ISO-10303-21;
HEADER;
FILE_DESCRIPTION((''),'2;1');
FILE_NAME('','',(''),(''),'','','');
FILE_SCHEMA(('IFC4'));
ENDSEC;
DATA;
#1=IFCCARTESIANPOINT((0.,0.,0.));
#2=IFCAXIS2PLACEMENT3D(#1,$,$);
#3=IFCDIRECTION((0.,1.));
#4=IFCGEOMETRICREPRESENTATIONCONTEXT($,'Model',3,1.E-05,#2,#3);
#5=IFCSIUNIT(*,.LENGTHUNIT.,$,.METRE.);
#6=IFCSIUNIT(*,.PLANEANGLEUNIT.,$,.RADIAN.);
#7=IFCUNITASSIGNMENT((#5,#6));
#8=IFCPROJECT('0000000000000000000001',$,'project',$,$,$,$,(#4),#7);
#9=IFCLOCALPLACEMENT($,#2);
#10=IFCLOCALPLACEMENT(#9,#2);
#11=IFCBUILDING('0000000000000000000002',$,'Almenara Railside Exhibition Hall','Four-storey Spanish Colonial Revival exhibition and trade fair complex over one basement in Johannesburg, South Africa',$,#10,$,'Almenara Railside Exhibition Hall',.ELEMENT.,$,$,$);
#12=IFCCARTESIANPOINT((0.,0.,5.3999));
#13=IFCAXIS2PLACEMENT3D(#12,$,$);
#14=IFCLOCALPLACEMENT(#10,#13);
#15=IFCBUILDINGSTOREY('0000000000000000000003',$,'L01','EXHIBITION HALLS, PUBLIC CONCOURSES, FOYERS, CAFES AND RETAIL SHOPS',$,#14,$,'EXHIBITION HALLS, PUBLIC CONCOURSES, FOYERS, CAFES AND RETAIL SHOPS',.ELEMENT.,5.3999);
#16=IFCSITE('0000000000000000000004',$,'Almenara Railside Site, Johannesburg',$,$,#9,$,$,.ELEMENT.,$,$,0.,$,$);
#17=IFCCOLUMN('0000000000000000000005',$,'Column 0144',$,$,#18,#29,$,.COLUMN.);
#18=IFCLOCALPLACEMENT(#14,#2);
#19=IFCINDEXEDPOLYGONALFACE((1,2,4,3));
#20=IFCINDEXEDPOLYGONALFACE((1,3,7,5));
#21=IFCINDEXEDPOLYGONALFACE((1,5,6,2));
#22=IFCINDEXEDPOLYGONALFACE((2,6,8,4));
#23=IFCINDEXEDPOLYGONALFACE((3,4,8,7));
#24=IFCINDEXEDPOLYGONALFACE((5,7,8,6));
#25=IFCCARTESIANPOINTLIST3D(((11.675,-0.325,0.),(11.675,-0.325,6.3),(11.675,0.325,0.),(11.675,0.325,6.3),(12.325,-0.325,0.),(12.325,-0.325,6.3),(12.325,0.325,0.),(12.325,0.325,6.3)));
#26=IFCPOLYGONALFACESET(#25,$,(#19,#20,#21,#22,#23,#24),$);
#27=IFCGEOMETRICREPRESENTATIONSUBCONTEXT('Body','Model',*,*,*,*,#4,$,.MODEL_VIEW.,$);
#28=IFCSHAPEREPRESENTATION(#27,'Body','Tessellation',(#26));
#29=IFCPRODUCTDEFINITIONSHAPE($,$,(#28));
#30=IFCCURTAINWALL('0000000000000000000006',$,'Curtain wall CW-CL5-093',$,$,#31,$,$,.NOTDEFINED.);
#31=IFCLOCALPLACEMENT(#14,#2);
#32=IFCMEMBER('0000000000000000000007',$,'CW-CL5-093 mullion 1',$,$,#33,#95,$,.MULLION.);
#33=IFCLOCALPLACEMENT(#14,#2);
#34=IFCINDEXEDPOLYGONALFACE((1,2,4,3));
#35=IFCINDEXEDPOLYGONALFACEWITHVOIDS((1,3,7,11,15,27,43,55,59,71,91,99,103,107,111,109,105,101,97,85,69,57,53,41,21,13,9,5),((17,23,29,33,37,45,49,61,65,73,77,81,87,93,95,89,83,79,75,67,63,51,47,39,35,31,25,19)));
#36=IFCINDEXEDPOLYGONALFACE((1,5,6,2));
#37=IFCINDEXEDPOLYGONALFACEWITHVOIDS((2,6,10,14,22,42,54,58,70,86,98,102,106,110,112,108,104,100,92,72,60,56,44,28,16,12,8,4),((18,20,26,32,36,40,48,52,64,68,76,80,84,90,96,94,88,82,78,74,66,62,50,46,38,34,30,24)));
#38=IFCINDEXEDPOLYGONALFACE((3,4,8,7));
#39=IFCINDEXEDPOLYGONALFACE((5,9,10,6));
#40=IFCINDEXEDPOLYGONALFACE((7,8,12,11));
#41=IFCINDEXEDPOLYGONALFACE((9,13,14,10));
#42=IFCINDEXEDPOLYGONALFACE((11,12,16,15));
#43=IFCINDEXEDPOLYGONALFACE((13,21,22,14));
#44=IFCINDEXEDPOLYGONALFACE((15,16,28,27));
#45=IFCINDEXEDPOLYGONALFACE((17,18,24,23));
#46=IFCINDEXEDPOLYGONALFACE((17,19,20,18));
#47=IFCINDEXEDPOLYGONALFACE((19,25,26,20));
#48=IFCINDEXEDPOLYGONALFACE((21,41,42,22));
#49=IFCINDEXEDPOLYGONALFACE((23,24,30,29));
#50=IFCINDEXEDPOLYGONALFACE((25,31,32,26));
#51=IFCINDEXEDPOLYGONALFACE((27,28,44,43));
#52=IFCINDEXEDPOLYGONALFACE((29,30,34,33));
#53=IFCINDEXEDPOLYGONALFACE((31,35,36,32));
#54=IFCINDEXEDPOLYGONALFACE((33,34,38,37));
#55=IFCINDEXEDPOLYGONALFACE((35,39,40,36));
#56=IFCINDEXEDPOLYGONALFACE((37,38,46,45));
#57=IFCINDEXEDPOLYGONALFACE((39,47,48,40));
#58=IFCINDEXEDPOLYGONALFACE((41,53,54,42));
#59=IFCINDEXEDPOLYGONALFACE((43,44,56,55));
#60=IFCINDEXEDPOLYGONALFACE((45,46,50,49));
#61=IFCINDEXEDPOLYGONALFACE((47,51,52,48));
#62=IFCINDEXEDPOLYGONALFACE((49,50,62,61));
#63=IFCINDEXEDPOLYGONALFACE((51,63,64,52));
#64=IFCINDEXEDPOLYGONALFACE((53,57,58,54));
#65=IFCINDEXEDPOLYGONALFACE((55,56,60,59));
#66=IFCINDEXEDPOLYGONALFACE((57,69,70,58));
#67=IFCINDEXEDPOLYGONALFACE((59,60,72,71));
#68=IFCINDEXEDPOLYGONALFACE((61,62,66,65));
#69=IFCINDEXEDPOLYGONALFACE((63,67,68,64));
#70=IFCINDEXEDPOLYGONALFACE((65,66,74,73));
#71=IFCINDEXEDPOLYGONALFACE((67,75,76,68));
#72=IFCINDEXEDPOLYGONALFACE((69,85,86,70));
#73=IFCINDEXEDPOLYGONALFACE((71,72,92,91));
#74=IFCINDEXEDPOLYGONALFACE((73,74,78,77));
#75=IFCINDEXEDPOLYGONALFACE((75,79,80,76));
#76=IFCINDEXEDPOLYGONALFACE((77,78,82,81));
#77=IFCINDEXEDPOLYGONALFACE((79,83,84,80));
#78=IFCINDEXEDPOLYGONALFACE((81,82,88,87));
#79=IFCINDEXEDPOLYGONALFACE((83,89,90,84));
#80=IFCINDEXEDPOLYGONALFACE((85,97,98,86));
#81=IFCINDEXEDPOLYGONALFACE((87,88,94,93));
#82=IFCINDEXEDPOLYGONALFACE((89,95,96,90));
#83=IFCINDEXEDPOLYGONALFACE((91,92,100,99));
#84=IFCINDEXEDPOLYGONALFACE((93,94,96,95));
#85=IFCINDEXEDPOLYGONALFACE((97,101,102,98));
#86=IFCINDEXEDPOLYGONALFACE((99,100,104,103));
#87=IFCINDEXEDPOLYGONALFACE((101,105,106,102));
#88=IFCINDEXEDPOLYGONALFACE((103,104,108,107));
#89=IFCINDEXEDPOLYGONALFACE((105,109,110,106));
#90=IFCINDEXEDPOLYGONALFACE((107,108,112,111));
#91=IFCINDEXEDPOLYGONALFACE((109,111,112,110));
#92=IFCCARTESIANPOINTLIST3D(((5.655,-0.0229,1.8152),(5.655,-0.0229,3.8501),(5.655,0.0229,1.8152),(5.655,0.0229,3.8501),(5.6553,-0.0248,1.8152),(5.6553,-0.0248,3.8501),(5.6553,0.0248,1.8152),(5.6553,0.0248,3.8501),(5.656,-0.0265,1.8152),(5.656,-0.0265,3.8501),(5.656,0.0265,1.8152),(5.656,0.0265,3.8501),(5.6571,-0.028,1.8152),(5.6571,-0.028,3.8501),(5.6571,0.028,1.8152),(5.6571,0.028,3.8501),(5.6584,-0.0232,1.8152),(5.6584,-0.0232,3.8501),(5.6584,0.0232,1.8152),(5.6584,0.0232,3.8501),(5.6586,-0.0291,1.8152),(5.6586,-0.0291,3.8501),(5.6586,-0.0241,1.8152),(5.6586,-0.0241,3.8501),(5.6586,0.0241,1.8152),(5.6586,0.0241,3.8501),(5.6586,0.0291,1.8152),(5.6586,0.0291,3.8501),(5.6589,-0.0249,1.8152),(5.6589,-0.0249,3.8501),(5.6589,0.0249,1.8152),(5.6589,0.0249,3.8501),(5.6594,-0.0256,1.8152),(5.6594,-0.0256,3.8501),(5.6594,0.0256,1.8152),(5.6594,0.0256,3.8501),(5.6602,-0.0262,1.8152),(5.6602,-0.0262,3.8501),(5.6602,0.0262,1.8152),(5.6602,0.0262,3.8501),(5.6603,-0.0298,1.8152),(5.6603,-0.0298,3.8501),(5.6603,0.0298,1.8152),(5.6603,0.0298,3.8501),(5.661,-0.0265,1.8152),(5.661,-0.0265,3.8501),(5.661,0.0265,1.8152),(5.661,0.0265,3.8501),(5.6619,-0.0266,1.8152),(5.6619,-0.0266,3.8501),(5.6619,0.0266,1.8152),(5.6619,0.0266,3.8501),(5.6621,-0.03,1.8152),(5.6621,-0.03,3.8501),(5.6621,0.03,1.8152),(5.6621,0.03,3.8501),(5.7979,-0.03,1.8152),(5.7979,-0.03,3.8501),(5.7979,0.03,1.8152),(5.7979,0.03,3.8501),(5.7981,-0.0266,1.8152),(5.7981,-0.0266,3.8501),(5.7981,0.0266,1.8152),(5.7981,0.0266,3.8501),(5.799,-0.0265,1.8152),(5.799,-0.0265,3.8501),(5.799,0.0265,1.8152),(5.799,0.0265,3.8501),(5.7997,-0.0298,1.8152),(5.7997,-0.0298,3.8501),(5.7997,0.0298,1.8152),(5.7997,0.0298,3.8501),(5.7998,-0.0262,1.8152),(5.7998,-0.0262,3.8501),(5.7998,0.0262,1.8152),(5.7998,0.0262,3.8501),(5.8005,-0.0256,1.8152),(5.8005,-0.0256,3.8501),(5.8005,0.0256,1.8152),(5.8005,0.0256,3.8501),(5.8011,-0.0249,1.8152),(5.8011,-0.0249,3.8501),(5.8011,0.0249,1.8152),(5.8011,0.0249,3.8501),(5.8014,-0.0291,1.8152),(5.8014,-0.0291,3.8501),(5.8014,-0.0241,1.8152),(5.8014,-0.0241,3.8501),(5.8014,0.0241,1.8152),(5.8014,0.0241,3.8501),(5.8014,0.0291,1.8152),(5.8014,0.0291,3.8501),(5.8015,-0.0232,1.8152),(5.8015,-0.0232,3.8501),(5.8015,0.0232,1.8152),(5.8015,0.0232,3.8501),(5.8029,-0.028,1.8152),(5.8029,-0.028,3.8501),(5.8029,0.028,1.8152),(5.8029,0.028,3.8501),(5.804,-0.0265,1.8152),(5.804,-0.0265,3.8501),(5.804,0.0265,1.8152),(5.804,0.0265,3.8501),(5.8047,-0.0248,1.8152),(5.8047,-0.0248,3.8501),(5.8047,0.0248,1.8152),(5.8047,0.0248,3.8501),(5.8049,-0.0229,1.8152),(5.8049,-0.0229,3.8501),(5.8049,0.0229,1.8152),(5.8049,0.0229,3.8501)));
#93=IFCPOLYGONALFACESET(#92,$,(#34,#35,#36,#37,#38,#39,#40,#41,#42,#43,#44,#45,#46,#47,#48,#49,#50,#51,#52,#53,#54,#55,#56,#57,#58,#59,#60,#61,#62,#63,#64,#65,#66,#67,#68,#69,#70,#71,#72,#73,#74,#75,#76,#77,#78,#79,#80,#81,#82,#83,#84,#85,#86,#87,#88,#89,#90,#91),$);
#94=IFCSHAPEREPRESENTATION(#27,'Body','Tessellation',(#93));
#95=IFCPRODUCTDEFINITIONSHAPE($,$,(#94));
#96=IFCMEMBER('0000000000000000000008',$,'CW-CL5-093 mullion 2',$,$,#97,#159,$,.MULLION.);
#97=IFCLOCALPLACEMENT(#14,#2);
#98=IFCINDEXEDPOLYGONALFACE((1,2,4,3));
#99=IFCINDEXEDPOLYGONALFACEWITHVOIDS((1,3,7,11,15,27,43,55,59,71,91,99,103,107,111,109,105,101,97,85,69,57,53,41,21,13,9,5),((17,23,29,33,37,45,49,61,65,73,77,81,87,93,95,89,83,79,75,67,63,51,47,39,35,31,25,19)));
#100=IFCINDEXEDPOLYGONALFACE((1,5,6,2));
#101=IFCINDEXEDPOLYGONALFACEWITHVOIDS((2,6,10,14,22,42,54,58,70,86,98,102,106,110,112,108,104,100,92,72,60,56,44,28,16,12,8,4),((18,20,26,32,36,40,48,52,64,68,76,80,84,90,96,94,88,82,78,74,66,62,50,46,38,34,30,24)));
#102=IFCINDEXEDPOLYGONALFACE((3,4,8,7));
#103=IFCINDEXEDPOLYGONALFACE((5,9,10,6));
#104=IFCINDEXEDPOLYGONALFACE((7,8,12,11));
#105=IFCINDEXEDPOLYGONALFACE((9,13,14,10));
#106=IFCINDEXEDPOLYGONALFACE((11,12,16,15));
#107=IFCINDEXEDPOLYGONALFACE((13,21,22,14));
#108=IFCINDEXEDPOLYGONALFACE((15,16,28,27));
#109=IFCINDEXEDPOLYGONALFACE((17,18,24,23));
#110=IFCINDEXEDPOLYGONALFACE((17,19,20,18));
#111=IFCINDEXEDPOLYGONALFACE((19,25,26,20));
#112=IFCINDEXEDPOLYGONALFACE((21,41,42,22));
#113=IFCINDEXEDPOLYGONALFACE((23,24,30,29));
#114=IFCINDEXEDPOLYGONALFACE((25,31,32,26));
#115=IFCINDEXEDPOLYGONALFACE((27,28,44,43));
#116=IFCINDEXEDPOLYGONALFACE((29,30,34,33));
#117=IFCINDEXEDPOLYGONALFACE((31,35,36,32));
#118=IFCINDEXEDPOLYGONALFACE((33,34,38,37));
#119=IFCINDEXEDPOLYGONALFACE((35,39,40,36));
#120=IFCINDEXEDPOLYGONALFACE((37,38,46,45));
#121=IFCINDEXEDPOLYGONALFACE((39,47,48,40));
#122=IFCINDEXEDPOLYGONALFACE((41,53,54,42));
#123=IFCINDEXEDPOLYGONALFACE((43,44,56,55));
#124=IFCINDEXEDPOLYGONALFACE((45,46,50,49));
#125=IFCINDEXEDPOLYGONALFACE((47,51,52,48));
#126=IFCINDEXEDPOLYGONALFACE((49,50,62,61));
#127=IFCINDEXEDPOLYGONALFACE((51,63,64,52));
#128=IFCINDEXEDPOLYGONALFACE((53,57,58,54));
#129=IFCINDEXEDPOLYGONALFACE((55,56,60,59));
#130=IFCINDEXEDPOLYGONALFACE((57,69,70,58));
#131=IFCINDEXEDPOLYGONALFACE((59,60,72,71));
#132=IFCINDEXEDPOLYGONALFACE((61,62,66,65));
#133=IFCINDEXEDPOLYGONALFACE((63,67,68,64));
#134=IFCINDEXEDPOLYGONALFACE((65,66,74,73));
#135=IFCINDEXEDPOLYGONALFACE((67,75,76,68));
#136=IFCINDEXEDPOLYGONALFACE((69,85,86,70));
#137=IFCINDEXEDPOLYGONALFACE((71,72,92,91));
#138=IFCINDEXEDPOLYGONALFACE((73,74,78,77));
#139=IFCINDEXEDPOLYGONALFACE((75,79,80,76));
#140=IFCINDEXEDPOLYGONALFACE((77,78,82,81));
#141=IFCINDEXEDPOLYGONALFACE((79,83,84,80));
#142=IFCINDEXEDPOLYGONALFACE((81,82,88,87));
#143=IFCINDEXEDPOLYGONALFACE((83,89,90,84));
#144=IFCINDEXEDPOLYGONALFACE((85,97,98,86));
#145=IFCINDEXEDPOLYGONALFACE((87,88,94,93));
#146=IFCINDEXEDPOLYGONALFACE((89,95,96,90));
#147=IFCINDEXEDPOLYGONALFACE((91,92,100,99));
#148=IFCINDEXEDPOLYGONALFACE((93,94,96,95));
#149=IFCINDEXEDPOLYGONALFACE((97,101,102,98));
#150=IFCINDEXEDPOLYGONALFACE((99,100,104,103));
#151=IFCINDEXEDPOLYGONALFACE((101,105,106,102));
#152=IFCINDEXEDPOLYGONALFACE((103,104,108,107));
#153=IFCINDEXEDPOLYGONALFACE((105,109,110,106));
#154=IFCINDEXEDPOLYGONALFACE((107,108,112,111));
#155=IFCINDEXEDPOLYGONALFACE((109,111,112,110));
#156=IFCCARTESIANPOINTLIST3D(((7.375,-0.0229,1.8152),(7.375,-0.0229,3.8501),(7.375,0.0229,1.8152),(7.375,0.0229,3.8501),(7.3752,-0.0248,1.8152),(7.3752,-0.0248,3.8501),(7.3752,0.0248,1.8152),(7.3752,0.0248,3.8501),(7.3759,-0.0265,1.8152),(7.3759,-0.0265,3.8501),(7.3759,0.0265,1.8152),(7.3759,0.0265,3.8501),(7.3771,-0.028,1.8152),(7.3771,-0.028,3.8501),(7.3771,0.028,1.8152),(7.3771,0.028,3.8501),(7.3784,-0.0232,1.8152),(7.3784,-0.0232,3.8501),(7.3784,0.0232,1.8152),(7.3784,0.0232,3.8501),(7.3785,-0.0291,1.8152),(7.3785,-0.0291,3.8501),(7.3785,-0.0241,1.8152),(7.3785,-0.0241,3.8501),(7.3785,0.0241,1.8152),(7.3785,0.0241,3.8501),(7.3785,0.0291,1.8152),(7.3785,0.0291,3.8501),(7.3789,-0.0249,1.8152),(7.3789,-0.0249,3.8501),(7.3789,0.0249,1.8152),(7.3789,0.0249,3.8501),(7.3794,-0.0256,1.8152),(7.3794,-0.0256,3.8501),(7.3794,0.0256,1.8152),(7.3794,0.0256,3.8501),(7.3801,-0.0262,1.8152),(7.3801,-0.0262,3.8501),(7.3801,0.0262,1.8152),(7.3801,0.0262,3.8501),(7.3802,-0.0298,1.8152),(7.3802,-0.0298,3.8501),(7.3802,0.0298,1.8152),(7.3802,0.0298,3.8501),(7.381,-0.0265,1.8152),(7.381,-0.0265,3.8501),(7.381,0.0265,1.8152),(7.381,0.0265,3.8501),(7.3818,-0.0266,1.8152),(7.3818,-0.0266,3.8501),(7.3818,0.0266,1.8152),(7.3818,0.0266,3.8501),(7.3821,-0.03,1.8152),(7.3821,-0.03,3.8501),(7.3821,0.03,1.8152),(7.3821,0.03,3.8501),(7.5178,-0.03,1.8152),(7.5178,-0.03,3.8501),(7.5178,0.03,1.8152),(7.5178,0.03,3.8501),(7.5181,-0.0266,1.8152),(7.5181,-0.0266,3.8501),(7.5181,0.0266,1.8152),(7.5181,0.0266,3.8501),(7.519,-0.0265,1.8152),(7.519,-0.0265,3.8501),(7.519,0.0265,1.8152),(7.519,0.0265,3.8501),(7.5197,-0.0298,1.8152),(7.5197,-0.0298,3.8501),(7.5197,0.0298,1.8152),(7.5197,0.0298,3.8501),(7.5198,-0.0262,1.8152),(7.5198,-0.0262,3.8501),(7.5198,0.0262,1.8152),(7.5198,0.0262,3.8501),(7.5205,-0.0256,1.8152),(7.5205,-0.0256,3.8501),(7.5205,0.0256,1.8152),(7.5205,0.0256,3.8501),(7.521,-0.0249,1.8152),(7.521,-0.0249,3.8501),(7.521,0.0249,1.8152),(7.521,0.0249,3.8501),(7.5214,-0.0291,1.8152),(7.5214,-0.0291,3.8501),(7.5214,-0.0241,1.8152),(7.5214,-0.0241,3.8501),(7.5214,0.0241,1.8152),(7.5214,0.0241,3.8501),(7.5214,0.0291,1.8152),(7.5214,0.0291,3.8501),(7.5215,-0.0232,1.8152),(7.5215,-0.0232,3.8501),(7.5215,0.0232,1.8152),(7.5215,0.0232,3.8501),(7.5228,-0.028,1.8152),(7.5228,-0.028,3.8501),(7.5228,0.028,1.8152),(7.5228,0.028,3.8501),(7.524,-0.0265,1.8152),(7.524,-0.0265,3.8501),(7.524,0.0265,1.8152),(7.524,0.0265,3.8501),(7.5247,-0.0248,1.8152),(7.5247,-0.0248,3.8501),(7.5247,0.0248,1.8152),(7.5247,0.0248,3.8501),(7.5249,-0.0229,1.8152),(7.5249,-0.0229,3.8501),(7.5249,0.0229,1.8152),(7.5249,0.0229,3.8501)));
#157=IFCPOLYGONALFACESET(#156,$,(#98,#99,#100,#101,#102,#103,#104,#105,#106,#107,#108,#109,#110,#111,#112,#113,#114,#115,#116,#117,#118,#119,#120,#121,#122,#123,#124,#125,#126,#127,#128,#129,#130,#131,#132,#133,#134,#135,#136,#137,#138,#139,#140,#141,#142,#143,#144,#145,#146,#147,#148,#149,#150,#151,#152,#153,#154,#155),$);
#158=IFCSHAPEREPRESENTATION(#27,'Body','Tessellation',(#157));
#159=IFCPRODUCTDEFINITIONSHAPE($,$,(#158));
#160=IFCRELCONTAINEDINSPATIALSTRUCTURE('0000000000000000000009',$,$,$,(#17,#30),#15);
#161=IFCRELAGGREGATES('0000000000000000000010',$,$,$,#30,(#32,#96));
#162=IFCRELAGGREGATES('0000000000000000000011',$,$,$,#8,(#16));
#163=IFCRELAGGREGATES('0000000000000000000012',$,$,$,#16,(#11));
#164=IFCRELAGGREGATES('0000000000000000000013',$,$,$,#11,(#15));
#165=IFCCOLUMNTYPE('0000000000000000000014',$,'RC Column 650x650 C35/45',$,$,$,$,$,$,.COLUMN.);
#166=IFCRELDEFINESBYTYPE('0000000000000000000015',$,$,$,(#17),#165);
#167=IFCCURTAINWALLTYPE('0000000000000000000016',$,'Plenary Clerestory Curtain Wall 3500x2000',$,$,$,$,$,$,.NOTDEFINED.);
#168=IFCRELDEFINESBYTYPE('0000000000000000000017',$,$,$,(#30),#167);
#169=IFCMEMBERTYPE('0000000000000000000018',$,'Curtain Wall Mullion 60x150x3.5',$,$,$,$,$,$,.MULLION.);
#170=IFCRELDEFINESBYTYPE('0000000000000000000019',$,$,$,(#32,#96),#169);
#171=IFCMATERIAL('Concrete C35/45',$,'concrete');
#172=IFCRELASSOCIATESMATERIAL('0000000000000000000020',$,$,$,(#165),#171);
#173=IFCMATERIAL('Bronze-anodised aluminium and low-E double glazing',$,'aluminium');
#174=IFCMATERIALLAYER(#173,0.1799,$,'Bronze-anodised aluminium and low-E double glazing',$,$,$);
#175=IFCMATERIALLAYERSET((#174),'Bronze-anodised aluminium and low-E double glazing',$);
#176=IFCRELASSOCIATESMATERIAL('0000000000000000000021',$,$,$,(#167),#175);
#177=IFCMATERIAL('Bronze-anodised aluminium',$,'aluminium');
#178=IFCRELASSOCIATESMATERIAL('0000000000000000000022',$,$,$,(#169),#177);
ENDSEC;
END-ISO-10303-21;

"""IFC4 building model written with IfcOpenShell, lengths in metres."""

from ifc_helpers import new_model, si_unit, direction, frame, origin, origin_2d, place, context, subcontext, project, spatial, rectangle, hollow_rectangle, extrude, material, layer, layer_set, material_profile, profile_set, type_object, element, aggregate, save


model = new_model("IFC4")

# Units and contexts
model_context = context("Model", 3, precision=1e-05, world=origin(), true_north=direction((0.0, 1.0)))
body_context = subcontext(model_context, "Body", "Model", "MODEL_VIEW")
ifc_project = project(units=[si_unit("LENGTHUNIT", "METRE"), si_unit("PLANEANGLEUNIT", "RADIAN")], contexts=[model_context])

# Site, building, storey
site_placement = place(None, origin())
site = spatial("IfcSite", under=ifc_project, at=site_placement, Name="Almenara Railside Site, Johannesburg", CompositionType="ELEMENT", RefElevation=0.0)
building_placement = place(site_placement, origin())
building = spatial("IfcBuilding", under=site, at=building_placement, Name="Almenara Railside Exhibition Hall", Description="Four-storey Spanish Colonial Revival exhibition and trade fair complex over one basement in Johannesburg, South Africa", LongName="Almenara Railside Exhibition Hall", CompositionType="ELEMENT")
storey_placement = place(building_placement, frame((0.0, 0.0, 5.3999)))
storey = spatial("IfcBuildingStorey", under=building, at=storey_placement, Name="L01", Description="EXHIBITION HALLS, PUBLIC CONCOURSES, FOYERS, CAFES AND RETAIL SHOPS", LongName="EXHIBITION HALLS, PUBLIC CONCOURSES, FOYERS, CAFES AND RETAIL SHOPS", CompositionType="ELEMENT", Elevation=5.3999)

# Column
ifc_material_1 = material(Name="Concrete C35/45", Category="concrete")
ifc_material_profile_1 = material_profile(ifc_material_1, rectangle(XDim=0.6499, YDim=0.6499, at=origin_2d()), Name="RC 650x650")
ifc_profile_set_1 = profile_set([ifc_material_profile_1], Name="Concrete C35/45")
column_type = type_object("IfcColumnType", Name="RC Column 650x650 C35/45", PredefinedType="COLUMN", material=ifc_profile_set_1)
column_placement = place(storey_placement, frame((12.0, 0.0, 0.0), z_axis=(0.0, 0.0, 1.0), x_axis=(1.0, 0.0, 0.0)))
element("IfcColumn", 1, at=column_placement, inside=storey, type_object=column_type, Name="Column 0144", PredefinedType="COLUMN", context=body_context, shape_type="SweptSolid", body=[
    extrude(rectangle(XDim=0.6499, YDim=0.6499, at=origin_2d()), origin(), (0.0, 0.0, 1.0), 6.3),
])

# Curtain wall, members
ifc_material_2 = material(Name="Bronze-anodised aluminium and low-E double glazing", Category="aluminium")
ifc_layer_1 = layer(ifc_material_2, 0.1799, Name="Bronze-anodised aluminium and low-E double glazing")
ifc_layer_set_1 = layer_set([ifc_layer_1], Name="Bronze-anodised aluminium and low-E double glazing")
curtain_wall_type_1 = type_object("IfcCurtainWallType", Name="Plenary Clerestory Curtain Wall 3500x2000", PredefinedType="NOTDEFINED", material=ifc_layer_set_1)
curtain_wall_1_placement = place(storey_placement, origin())
curtain_wall_1 = element("IfcCurtainWall", 2, at=curtain_wall_1_placement, inside=storey, type_object=curtain_wall_type_1, Name="Curtain wall CW-CL5-093", PredefinedType="NOTDEFINED")
ifc_material_3 = material(Name="Bronze-anodised aluminium", Category="aluminium")
ifc_material_profile_2 = material_profile(ifc_material_3, hollow_rectangle(XDim=0.0601, YDim=0.1499, WallThickness=0.0034, InnerFilletRadius=0.0034, OuterFilletRadius=0.0071, at=origin_2d()), Name="ALU-MUL 60x150x3.5")
ifc_profile_set_2 = profile_set([ifc_material_profile_2], Name="Bronze-anodised aluminium")
member_type_1 = type_object("IfcMemberType", Name="Curtain Wall Mullion 60x150x3.5", PredefinedType="MULLION", material=ifc_profile_set_2)
member_1_placement = place(storey_placement, frame((5.73, 0.0, 1.8152), z_axis=(0.0, 0.0, 1.0), x_axis=(0.0, 1.0, 0.0)))
member_1 = element("IfcMember", 3, at=member_1_placement, type_object=member_type_1, Name="CW-CL5-093 mullion 1", PredefinedType="MULLION", context=body_context, shape_type="SweptSolid", body=[
    extrude(hollow_rectangle(XDim=0.0601, YDim=0.1499, WallThickness=0.0034, InnerFilletRadius=0.0034, OuterFilletRadius=0.0071, at=origin_2d()), origin(), (0.0, 0.0, 1.0), 2.0349),
])
member_2_placement = place(storey_placement, frame((7.45, 0.0, 1.8152), z_axis=(0.0, 0.0, 1.0), x_axis=(0.0, 1.0, 0.0)))
member_2 = element("IfcMember", 4, at=member_2_placement, type_object=member_type_1, Name="CW-CL5-093 mullion 2", PredefinedType="MULLION", context=body_context, shape_type="SweptSolid", body=[
    extrude(hollow_rectangle(XDim=0.0601, YDim=0.1499, WallThickness=0.0034, InnerFilletRadius=0.0034, OuterFilletRadius=0.0071, at=origin_2d()), origin(), (0.0, 0.0, 1.0), 2.0349),
])

aggregate(curtain_wall_1, [member_1, member_2])

save(model, "model.ifc")
